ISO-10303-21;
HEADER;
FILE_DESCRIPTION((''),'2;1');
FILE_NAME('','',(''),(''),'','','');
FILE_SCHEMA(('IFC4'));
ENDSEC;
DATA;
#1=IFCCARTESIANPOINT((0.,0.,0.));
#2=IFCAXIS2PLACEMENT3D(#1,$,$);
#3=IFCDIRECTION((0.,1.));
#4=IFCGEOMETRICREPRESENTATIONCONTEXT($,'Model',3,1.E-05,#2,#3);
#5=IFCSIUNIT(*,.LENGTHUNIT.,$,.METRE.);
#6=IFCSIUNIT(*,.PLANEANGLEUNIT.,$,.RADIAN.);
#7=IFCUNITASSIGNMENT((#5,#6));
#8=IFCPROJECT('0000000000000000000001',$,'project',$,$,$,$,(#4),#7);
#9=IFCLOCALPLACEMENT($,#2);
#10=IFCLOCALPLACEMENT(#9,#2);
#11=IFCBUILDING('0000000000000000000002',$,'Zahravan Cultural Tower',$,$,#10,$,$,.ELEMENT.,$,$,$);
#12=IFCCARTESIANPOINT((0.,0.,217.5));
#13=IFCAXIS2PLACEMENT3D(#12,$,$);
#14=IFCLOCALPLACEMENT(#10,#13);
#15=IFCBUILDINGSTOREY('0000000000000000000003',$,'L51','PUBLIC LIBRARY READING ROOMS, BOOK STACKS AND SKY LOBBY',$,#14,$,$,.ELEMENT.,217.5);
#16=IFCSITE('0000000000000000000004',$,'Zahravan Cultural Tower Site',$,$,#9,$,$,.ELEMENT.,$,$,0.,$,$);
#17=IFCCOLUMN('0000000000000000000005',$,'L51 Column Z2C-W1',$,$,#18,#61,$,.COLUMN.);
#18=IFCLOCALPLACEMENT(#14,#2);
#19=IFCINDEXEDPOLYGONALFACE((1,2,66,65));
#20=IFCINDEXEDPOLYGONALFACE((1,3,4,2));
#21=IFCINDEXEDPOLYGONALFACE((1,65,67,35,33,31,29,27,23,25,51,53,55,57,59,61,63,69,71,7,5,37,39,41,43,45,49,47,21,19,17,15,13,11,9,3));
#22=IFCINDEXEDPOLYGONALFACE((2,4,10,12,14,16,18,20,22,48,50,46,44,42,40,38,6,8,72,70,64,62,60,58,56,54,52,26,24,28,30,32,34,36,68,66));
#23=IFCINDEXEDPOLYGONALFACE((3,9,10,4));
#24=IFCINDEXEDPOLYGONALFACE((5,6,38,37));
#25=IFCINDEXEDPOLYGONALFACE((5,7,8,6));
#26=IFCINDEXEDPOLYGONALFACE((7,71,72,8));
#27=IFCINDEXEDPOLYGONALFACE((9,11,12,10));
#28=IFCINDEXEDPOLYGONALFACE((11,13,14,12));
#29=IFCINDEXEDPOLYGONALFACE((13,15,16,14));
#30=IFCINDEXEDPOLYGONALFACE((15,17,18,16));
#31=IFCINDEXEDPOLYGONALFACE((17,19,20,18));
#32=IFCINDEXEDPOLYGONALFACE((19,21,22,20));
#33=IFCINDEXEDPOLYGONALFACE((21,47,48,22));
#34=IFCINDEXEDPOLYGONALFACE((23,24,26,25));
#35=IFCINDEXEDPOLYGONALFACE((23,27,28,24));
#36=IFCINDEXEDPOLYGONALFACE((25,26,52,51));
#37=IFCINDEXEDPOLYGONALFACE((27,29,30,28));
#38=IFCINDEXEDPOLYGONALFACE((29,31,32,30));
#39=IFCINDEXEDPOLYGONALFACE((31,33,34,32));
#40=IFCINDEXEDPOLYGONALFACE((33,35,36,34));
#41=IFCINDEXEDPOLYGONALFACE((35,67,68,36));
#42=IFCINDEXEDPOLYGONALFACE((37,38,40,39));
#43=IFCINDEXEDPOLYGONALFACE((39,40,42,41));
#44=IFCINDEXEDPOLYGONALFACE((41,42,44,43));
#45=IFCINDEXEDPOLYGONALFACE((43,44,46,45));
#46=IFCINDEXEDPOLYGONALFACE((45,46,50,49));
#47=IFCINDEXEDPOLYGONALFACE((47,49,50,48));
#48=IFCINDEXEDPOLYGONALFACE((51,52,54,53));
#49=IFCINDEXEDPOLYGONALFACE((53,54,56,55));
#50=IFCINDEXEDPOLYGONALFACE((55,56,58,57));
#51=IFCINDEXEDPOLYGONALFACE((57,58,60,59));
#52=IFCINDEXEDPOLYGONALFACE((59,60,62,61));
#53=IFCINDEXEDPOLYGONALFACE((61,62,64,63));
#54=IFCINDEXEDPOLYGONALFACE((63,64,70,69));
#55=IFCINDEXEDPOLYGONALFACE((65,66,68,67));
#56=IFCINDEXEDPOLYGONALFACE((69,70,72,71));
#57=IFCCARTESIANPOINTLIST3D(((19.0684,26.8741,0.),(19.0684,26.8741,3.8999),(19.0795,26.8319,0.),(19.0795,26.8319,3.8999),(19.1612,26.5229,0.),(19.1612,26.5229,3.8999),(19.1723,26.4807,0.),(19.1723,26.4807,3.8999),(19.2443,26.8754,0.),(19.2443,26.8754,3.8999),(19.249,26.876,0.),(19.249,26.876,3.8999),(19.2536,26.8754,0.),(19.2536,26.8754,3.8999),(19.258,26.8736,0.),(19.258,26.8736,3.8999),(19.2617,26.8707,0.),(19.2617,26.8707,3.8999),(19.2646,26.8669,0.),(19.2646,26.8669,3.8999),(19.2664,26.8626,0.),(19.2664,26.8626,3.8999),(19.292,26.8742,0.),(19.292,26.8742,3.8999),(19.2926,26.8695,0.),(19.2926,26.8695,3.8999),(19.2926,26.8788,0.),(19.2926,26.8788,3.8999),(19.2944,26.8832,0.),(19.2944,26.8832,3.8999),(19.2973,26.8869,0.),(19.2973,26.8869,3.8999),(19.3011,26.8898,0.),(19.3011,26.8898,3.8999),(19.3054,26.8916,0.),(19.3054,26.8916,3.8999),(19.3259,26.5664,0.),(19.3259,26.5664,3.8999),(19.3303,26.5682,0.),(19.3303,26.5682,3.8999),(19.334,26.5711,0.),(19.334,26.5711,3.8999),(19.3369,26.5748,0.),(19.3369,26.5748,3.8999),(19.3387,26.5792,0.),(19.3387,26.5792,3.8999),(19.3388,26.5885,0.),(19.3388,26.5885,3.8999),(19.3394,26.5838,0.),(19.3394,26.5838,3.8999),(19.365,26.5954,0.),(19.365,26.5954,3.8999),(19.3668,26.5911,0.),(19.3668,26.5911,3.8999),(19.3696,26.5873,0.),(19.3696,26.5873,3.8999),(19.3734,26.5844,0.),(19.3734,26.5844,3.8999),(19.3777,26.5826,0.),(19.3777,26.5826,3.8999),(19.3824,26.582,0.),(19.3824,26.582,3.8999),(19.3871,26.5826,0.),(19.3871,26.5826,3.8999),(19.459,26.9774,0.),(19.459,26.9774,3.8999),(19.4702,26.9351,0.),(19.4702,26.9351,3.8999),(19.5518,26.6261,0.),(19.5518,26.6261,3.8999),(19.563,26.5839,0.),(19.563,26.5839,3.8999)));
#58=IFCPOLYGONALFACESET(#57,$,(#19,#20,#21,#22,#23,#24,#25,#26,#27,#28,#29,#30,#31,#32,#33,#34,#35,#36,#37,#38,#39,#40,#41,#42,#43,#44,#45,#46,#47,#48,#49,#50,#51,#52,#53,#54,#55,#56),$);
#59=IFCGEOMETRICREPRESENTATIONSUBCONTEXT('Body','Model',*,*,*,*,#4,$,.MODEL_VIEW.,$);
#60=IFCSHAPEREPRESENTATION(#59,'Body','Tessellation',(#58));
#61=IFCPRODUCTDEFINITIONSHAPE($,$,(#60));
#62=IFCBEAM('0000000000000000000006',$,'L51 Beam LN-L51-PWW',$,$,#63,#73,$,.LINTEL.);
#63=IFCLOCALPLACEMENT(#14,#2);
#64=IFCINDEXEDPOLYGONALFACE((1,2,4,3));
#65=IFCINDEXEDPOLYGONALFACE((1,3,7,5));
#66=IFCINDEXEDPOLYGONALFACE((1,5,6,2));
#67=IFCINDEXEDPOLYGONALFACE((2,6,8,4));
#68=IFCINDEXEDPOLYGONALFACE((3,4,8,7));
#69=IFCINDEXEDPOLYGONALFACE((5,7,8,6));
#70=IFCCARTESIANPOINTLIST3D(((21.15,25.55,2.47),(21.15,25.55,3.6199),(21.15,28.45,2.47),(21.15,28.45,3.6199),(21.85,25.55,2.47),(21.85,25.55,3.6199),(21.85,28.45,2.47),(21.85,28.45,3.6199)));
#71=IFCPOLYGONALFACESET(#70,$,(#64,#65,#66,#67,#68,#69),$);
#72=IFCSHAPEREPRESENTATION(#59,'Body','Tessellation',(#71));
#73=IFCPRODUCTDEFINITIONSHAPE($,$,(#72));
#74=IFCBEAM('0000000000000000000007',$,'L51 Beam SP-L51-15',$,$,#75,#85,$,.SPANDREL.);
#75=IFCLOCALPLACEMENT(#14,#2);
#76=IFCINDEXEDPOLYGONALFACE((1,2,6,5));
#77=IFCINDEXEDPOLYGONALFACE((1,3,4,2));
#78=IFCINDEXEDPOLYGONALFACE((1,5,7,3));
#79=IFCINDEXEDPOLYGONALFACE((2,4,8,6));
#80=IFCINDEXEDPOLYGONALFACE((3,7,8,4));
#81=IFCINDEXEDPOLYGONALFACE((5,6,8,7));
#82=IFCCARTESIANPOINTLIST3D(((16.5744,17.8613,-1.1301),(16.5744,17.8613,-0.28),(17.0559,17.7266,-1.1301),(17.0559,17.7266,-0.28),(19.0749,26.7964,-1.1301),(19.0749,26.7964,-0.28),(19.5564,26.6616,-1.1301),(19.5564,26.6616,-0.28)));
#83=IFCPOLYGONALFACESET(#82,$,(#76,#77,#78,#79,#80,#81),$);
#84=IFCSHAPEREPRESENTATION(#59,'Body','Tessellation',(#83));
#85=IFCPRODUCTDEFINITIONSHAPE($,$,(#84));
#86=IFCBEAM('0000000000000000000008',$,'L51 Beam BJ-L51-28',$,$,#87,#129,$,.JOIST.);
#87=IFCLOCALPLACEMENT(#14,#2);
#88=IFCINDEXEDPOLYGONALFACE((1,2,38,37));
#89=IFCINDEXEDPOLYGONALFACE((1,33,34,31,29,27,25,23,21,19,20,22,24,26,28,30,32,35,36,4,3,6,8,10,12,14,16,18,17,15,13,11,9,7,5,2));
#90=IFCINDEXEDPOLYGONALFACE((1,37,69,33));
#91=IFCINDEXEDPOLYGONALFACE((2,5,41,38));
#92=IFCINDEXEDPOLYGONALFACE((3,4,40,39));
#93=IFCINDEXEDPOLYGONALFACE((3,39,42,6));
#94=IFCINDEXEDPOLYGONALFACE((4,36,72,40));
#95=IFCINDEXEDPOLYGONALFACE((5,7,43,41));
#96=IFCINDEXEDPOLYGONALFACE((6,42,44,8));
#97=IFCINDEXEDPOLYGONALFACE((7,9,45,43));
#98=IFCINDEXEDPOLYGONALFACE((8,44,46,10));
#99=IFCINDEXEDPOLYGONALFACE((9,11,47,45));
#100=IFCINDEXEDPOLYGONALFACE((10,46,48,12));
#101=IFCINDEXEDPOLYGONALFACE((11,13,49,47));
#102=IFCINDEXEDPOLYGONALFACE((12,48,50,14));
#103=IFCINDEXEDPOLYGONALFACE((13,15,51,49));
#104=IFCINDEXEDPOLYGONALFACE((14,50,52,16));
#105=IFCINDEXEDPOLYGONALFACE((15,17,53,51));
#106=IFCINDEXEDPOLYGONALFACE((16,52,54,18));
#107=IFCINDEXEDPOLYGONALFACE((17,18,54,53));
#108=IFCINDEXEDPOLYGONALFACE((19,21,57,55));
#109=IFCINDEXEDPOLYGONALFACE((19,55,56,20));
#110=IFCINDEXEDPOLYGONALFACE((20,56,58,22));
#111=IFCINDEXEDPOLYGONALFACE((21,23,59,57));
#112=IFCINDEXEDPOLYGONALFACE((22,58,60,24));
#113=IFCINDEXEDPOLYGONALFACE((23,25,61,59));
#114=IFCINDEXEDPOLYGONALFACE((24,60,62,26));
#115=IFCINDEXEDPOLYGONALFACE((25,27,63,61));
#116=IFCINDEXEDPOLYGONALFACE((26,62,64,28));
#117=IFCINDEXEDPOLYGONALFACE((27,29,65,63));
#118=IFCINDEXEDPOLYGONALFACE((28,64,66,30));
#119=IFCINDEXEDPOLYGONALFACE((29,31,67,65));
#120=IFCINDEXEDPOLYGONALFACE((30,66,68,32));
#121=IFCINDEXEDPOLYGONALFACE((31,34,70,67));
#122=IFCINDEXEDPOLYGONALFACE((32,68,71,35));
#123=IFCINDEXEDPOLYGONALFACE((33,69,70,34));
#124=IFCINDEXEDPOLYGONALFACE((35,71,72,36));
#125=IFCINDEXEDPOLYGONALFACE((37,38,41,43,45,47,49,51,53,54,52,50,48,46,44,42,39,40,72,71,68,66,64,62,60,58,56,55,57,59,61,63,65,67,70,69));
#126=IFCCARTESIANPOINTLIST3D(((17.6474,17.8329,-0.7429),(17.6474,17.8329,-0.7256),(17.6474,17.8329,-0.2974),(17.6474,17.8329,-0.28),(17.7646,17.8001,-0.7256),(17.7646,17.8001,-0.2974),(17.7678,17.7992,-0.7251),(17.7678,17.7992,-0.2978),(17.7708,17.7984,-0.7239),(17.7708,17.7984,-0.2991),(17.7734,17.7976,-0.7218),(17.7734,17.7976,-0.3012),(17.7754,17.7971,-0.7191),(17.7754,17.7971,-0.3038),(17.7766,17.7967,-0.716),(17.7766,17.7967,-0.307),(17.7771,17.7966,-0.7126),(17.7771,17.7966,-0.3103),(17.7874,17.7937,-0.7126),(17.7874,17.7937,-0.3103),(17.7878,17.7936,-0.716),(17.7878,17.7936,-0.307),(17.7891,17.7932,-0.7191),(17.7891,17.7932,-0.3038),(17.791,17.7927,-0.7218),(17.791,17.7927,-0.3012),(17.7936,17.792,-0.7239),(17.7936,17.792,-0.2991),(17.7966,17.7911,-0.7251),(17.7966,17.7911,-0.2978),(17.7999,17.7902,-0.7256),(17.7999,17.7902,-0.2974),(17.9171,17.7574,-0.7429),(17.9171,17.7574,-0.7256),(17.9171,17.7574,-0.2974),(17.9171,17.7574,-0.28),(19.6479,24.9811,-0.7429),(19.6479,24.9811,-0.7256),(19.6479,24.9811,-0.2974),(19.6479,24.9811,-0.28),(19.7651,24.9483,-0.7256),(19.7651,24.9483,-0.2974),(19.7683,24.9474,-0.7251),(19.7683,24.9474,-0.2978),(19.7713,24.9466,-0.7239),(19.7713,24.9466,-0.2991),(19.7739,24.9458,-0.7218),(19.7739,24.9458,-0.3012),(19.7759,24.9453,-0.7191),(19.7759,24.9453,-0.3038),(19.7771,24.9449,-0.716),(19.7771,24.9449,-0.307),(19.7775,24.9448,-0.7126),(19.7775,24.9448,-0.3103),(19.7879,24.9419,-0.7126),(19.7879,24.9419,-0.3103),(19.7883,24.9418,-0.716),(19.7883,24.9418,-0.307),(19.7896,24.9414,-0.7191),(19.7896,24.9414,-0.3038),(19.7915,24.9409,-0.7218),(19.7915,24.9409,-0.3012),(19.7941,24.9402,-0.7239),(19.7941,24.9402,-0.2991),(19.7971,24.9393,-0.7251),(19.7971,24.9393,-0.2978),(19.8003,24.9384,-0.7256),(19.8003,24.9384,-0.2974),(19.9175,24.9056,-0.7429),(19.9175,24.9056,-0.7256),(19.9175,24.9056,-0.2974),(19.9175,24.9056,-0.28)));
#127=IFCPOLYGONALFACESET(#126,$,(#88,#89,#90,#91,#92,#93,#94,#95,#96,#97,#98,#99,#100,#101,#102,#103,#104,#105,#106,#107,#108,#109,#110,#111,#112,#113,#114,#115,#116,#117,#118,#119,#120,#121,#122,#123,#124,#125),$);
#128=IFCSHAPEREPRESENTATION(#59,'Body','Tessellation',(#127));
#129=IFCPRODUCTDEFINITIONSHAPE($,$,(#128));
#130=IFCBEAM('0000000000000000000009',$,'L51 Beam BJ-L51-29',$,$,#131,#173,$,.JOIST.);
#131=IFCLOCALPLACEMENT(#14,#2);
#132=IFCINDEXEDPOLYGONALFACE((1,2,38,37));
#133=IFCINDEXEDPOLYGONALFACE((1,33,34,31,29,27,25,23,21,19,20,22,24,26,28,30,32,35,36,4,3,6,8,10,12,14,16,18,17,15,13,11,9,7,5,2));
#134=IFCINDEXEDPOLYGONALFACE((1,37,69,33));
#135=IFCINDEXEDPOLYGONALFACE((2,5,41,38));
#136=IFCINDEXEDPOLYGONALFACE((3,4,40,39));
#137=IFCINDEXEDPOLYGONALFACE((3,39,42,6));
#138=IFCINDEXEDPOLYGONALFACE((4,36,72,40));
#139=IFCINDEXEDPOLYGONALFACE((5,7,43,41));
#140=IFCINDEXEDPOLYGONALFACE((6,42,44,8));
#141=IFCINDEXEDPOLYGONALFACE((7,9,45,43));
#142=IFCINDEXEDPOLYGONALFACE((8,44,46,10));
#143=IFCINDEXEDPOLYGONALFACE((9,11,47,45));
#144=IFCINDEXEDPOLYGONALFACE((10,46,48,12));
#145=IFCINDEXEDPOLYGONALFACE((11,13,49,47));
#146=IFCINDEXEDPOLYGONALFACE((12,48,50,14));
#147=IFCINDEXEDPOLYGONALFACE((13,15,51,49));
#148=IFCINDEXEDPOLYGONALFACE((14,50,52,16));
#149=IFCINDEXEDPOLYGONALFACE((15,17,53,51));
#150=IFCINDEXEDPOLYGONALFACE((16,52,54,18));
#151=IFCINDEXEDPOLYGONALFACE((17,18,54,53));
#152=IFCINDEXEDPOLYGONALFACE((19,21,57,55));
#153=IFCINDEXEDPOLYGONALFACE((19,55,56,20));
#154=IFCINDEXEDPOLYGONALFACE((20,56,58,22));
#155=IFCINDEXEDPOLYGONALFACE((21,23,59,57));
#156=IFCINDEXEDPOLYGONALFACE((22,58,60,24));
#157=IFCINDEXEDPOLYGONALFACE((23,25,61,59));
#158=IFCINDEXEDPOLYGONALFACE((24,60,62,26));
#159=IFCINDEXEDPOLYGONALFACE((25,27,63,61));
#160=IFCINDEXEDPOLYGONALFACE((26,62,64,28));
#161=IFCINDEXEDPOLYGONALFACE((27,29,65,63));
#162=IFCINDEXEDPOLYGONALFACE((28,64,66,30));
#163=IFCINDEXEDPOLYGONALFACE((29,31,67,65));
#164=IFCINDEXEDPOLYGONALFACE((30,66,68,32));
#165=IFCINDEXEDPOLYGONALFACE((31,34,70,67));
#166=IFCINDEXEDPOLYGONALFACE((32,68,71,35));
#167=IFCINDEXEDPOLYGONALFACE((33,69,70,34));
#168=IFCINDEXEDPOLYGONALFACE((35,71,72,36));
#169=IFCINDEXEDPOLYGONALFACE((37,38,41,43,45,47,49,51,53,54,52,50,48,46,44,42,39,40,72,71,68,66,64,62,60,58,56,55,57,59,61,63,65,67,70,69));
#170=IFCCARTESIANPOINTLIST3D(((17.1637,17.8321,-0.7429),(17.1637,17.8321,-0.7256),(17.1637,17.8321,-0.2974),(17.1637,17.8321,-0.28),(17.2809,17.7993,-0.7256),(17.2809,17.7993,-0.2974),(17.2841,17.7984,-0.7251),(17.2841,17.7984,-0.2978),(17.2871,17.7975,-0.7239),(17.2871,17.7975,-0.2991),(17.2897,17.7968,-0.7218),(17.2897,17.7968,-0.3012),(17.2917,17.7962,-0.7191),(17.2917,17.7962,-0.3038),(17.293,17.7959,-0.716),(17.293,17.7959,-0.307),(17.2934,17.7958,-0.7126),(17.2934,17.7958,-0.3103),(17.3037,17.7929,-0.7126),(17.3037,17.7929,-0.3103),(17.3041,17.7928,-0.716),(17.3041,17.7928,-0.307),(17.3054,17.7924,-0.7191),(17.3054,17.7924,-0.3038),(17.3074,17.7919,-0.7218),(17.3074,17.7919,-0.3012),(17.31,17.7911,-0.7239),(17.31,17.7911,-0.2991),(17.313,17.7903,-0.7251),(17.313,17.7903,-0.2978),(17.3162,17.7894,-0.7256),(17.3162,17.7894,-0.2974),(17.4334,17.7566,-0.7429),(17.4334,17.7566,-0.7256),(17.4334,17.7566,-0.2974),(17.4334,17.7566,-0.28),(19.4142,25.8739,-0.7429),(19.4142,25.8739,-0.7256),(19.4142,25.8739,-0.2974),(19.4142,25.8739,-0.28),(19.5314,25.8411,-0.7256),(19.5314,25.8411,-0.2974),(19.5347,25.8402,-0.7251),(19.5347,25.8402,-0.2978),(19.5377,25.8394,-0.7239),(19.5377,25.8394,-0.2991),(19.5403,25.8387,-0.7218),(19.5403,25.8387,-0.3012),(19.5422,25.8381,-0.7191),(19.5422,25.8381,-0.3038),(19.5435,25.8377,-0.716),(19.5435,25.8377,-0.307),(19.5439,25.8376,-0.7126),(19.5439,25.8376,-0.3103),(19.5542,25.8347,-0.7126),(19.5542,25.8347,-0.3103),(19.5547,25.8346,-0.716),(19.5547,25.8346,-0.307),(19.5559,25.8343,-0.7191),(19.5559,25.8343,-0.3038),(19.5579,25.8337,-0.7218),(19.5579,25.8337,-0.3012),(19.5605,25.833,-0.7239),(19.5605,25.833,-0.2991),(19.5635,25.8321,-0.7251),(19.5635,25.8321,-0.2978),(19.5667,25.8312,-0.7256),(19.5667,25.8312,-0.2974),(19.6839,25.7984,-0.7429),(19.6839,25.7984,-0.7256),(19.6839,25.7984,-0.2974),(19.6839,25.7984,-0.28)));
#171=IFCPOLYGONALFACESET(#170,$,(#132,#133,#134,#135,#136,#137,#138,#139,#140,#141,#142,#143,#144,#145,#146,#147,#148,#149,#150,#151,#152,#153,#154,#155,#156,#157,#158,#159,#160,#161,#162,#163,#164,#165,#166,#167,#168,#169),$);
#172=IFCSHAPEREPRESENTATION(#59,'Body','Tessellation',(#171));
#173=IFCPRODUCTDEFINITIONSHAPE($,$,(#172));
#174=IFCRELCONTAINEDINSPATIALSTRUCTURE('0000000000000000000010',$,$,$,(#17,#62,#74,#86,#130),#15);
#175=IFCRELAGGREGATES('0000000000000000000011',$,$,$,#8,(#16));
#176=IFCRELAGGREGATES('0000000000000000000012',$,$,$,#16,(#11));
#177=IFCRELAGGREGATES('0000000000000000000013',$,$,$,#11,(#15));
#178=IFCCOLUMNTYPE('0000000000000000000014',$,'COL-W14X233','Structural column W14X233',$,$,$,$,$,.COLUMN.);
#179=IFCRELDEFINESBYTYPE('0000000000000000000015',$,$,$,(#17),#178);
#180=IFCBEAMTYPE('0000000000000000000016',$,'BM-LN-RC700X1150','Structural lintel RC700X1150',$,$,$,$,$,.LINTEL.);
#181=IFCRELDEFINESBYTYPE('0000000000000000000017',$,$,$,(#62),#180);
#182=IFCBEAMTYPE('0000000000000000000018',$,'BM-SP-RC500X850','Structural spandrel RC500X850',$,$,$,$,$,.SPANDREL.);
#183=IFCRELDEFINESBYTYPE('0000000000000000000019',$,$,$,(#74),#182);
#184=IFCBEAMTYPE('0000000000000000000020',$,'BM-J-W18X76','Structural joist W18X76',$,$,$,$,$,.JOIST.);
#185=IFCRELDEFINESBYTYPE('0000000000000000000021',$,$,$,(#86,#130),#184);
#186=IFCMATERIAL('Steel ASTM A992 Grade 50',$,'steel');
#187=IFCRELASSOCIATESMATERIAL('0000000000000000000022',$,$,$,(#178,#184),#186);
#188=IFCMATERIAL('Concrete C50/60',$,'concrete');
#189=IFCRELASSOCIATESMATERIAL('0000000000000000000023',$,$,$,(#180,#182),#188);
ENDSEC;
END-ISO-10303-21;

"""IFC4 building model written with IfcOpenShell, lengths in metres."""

from ifc_helpers import new_model, si_unit, direction, frame, origin, origin_2d, place, context, subcontext, project, spatial, rectangle, i_section, extrude, source, transform, mapped, material, material_profile, profile_set, type_object, element, save


model = new_model("IFC4")

# Units and contexts
model_context = context("Model", 3, precision=1e-05, world=origin(), true_north=direction((0.0, 1.0)))
body_context = subcontext(model_context, "Body", "Model", "MODEL_VIEW")
ifc_project = project(units=[si_unit("LENGTHUNIT", "METRE"), si_unit("PLANEANGLEUNIT", "RADIAN")], contexts=[model_context])

# Site, building, storey
site_placement = place(None, origin())
site = spatial("IfcSite", under=ifc_project, at=site_placement, Name="Zahravan Cultural Tower Site", CompositionType="ELEMENT", RefElevation=0.0)
building_placement = place(site_placement, origin())
building = spatial("IfcBuilding", under=site, at=building_placement, Name="Zahravan Cultural Tower", CompositionType="ELEMENT")
storey_placement = place(building_placement, frame((0.0, 0.0, 217.5)))
storey = spatial("IfcBuildingStorey", under=building, at=storey_placement, Name="L51", Description="PUBLIC LIBRARY READING ROOMS, BOOK STACKS AND SKY LOBBY", CompositionType="ELEMENT", Elevation=217.5)

# Column
ifc_material_1 = material(Name="Steel ASTM A992 Grade 50", Category="steel")
ifc_material_profile_1 = material_profile(ifc_material_1, i_section(OverallWidth=0.4041, OverallDepth=0.407, WebThickness=0.0271, FlangeThickness=0.0437, FilletRadius=0.0181, at=origin_2d()), Name="W14X233")
ifc_profile_set_1 = profile_set([ifc_material_profile_1], Name="Steel ASTM A992 Grade 50")
column_type = type_object("IfcColumnType", Name="COL-W14X233", Description="Structural column W14X233", PredefinedType="COLUMN", material=ifc_profile_set_1)
shared_shape_1 = source(origin(), body_context, "Body", "SweptSolid", [
    extrude(i_section(OverallWidth=0.4041, OverallDepth=0.407, WebThickness=0.0271, FlangeThickness=0.0437, FilletRadius=0.0181, at=origin_2d()), origin(), (0.0, 0.0, 1.0), 3.8999),
])
column_placement = place(storey_placement, frame((19.3157, 26.729, 0.0), z_axis=(0.0, 0.0, 1.0), x_axis=(0.966823, 0.255446, 0.0)))
element("IfcColumn", 1, at=column_placement, inside=storey, type_object=column_type, Name="L51 Column Z2C-W1", PredefinedType="COLUMN", context=body_context, shape_type="MappedRepresentation", body=[
    mapped(shared_shape_1, transform((0.0, 0.0, 0.0), x_axis=(1.0, 0.0, 0.0), y_axis=(0.0, 1.0, 0.0), z_axis=(0.0, 0.0, 1.0), scale=1.0)),
])

# Beams
ifc_material_2 = material(Name="Concrete C50/60", Category="concrete")
ifc_material_profile_2 = material_profile(ifc_material_2, rectangle(XDim=0.7, YDim=1.1499, at=origin_2d()), Name="RC700X1150")
ifc_profile_set_2 = profile_set([ifc_material_profile_2], Name="Concrete C50/60")
beam_type_1 = type_object("IfcBeamType", Name="BM-LN-RC700X1150", Description="Structural lintel RC700X1150", PredefinedType="LINTEL", material=ifc_profile_set_2)
shared_shape_2 = source(origin(), body_context, "Body", "SweptSolid", [
    extrude(rectangle(XDim=0.7, YDim=1.1499, at=origin_2d()), origin(), (0.0, 0.0, 1.0), 2.8999),
])
beam_1_placement = place(storey_placement, frame((21.5, 25.55, 3.0449), z_axis=(0.0, 1.0, 0.0), x_axis=(-1.0, 0.0, 0.0)))
element("IfcBeam", 2, at=beam_1_placement, inside=storey, type_object=beam_type_1, Name="L51 Beam LN-L51-PWW", PredefinedType="LINTEL", context=body_context, shape_type="MappedRepresentation", body=[
    mapped(shared_shape_2, transform((0.0, 0.0, 0.0), x_axis=(1.0, 0.0, 0.0), y_axis=(0.0, 1.0, 0.0), z_axis=(0.0, 0.0, 1.0), scale=1.0)),
])
ifc_material_profile_3 = material_profile(ifc_material_2, rectangle(XDim=0.5, YDim=0.8501, at=origin_2d()), Name="RC500X850")
ifc_profile_set_3 = profile_set([ifc_material_profile_3], Name="Concrete C50/60")
beam_type_2 = type_object("IfcBeamType", Name="BM-SP-RC500X850", Description="Structural spandrel RC500X850", PredefinedType="SPANDREL", material=ifc_profile_set_3)
shared_shape_3 = source(origin(), body_context, "Body", "SweptSolid", [
    extrude(rectangle(XDim=0.5, YDim=0.8501, at=origin_2d()), origin(), (0.0, 0.0, 1.0), 9.2783),
])
beam_2_placement = place(storey_placement, frame((19.3157, 26.729, -0.7051), z_axis=(-0.269497, -0.963001, 0.0), x_axis=(0.963001, -0.269497, 0.0)))
element("IfcBeam", 3, at=beam_2_placement, inside=storey, type_object=beam_type_2, Name="L51 Beam SP-L51-15", PredefinedType="SPANDREL", context=body_context, shape_type="MappedRepresentation", body=[
    mapped(shared_shape_3, transform((0.0, 0.0, 0.0), x_axis=(1.0, 0.0, 0.0), y_axis=(0.0, 1.0, 0.0), z_axis=(0.0, 0.0, 1.0), scale=1.0)),
])
ifc_material_profile_4 = material_profile(ifc_material_1, i_section(OverallWidth=0.28, OverallDepth=0.4629, WebThickness=0.0107, FlangeThickness=0.0173, FilletRadius=0.0129, at=origin_2d()), Name="W18X76")
ifc_profile_set_4 = profile_set([ifc_material_profile_4], Name="Steel ASTM A992 Grade 50")
beam_type_3 = type_object("IfcBeamType", Name="BM-J-W18X76", Description="Structural joist W18X76", PredefinedType="JOIST", material=ifc_profile_set_4)
shared_shape_4 = source(origin(), body_context, "Body", "SweptSolid", [
    extrude(i_section(OverallWidth=0.28, OverallDepth=0.4629, WebThickness=0.0107, FlangeThickness=0.0173, FilletRadius=0.0129, at=origin_2d()), origin(), (0.0, 0.0, 1.0), 7.4229),
])
beam_3_placement = place(storey_placement, frame((19.7827, 24.9434, -0.5115), z_axis=(-0.269504, -0.962999, 0.0), x_axis=(0.962999, -0.269504, 0.0)))
element("IfcBeam", 4, at=beam_3_placement, inside=storey, type_object=beam_type_3, Name="L51 Beam BJ-L51-28", PredefinedType="JOIST", context=body_context, shape_type="MappedRepresentation", body=[
    mapped(shared_shape_4, transform((0.0, 0.0, 0.0), x_axis=(1.0, 0.0, 0.0), y_axis=(0.0, 1.0, 0.0), z_axis=(0.0, 0.0, 1.0), scale=1.0)),
])
shared_shape_5 = source(origin(), body_context, "Body", "SweptSolid", [
    extrude(i_section(OverallWidth=0.28, OverallDepth=0.4629, WebThickness=0.0107, FlangeThickness=0.0173, FilletRadius=0.0129, at=origin_2d()), origin(), (0.0, 0.0, 1.0), 8.3508),
])
beam_4_placement = place(storey_placement, frame((19.5491, 25.8362, -0.5115), z_axis=(-0.269497, -0.963001, 0.0), x_axis=(0.963001, -0.269497, 0.0)))
element("IfcBeam", 5, at=beam_4_placement, inside=storey, type_object=beam_type_3, Name="L51 Beam BJ-L51-29", PredefinedType="JOIST", context=body_context, shape_type="MappedRepresentation", body=[
    mapped(shared_shape_5, transform((0.0, 0.0, 0.0), x_axis=(1.0, 0.0, 0.0), y_axis=(0.0, 1.0, 0.0), z_axis=(0.0, 0.0, 1.0), scale=1.0)),
])

save(model, "model.ifc")
